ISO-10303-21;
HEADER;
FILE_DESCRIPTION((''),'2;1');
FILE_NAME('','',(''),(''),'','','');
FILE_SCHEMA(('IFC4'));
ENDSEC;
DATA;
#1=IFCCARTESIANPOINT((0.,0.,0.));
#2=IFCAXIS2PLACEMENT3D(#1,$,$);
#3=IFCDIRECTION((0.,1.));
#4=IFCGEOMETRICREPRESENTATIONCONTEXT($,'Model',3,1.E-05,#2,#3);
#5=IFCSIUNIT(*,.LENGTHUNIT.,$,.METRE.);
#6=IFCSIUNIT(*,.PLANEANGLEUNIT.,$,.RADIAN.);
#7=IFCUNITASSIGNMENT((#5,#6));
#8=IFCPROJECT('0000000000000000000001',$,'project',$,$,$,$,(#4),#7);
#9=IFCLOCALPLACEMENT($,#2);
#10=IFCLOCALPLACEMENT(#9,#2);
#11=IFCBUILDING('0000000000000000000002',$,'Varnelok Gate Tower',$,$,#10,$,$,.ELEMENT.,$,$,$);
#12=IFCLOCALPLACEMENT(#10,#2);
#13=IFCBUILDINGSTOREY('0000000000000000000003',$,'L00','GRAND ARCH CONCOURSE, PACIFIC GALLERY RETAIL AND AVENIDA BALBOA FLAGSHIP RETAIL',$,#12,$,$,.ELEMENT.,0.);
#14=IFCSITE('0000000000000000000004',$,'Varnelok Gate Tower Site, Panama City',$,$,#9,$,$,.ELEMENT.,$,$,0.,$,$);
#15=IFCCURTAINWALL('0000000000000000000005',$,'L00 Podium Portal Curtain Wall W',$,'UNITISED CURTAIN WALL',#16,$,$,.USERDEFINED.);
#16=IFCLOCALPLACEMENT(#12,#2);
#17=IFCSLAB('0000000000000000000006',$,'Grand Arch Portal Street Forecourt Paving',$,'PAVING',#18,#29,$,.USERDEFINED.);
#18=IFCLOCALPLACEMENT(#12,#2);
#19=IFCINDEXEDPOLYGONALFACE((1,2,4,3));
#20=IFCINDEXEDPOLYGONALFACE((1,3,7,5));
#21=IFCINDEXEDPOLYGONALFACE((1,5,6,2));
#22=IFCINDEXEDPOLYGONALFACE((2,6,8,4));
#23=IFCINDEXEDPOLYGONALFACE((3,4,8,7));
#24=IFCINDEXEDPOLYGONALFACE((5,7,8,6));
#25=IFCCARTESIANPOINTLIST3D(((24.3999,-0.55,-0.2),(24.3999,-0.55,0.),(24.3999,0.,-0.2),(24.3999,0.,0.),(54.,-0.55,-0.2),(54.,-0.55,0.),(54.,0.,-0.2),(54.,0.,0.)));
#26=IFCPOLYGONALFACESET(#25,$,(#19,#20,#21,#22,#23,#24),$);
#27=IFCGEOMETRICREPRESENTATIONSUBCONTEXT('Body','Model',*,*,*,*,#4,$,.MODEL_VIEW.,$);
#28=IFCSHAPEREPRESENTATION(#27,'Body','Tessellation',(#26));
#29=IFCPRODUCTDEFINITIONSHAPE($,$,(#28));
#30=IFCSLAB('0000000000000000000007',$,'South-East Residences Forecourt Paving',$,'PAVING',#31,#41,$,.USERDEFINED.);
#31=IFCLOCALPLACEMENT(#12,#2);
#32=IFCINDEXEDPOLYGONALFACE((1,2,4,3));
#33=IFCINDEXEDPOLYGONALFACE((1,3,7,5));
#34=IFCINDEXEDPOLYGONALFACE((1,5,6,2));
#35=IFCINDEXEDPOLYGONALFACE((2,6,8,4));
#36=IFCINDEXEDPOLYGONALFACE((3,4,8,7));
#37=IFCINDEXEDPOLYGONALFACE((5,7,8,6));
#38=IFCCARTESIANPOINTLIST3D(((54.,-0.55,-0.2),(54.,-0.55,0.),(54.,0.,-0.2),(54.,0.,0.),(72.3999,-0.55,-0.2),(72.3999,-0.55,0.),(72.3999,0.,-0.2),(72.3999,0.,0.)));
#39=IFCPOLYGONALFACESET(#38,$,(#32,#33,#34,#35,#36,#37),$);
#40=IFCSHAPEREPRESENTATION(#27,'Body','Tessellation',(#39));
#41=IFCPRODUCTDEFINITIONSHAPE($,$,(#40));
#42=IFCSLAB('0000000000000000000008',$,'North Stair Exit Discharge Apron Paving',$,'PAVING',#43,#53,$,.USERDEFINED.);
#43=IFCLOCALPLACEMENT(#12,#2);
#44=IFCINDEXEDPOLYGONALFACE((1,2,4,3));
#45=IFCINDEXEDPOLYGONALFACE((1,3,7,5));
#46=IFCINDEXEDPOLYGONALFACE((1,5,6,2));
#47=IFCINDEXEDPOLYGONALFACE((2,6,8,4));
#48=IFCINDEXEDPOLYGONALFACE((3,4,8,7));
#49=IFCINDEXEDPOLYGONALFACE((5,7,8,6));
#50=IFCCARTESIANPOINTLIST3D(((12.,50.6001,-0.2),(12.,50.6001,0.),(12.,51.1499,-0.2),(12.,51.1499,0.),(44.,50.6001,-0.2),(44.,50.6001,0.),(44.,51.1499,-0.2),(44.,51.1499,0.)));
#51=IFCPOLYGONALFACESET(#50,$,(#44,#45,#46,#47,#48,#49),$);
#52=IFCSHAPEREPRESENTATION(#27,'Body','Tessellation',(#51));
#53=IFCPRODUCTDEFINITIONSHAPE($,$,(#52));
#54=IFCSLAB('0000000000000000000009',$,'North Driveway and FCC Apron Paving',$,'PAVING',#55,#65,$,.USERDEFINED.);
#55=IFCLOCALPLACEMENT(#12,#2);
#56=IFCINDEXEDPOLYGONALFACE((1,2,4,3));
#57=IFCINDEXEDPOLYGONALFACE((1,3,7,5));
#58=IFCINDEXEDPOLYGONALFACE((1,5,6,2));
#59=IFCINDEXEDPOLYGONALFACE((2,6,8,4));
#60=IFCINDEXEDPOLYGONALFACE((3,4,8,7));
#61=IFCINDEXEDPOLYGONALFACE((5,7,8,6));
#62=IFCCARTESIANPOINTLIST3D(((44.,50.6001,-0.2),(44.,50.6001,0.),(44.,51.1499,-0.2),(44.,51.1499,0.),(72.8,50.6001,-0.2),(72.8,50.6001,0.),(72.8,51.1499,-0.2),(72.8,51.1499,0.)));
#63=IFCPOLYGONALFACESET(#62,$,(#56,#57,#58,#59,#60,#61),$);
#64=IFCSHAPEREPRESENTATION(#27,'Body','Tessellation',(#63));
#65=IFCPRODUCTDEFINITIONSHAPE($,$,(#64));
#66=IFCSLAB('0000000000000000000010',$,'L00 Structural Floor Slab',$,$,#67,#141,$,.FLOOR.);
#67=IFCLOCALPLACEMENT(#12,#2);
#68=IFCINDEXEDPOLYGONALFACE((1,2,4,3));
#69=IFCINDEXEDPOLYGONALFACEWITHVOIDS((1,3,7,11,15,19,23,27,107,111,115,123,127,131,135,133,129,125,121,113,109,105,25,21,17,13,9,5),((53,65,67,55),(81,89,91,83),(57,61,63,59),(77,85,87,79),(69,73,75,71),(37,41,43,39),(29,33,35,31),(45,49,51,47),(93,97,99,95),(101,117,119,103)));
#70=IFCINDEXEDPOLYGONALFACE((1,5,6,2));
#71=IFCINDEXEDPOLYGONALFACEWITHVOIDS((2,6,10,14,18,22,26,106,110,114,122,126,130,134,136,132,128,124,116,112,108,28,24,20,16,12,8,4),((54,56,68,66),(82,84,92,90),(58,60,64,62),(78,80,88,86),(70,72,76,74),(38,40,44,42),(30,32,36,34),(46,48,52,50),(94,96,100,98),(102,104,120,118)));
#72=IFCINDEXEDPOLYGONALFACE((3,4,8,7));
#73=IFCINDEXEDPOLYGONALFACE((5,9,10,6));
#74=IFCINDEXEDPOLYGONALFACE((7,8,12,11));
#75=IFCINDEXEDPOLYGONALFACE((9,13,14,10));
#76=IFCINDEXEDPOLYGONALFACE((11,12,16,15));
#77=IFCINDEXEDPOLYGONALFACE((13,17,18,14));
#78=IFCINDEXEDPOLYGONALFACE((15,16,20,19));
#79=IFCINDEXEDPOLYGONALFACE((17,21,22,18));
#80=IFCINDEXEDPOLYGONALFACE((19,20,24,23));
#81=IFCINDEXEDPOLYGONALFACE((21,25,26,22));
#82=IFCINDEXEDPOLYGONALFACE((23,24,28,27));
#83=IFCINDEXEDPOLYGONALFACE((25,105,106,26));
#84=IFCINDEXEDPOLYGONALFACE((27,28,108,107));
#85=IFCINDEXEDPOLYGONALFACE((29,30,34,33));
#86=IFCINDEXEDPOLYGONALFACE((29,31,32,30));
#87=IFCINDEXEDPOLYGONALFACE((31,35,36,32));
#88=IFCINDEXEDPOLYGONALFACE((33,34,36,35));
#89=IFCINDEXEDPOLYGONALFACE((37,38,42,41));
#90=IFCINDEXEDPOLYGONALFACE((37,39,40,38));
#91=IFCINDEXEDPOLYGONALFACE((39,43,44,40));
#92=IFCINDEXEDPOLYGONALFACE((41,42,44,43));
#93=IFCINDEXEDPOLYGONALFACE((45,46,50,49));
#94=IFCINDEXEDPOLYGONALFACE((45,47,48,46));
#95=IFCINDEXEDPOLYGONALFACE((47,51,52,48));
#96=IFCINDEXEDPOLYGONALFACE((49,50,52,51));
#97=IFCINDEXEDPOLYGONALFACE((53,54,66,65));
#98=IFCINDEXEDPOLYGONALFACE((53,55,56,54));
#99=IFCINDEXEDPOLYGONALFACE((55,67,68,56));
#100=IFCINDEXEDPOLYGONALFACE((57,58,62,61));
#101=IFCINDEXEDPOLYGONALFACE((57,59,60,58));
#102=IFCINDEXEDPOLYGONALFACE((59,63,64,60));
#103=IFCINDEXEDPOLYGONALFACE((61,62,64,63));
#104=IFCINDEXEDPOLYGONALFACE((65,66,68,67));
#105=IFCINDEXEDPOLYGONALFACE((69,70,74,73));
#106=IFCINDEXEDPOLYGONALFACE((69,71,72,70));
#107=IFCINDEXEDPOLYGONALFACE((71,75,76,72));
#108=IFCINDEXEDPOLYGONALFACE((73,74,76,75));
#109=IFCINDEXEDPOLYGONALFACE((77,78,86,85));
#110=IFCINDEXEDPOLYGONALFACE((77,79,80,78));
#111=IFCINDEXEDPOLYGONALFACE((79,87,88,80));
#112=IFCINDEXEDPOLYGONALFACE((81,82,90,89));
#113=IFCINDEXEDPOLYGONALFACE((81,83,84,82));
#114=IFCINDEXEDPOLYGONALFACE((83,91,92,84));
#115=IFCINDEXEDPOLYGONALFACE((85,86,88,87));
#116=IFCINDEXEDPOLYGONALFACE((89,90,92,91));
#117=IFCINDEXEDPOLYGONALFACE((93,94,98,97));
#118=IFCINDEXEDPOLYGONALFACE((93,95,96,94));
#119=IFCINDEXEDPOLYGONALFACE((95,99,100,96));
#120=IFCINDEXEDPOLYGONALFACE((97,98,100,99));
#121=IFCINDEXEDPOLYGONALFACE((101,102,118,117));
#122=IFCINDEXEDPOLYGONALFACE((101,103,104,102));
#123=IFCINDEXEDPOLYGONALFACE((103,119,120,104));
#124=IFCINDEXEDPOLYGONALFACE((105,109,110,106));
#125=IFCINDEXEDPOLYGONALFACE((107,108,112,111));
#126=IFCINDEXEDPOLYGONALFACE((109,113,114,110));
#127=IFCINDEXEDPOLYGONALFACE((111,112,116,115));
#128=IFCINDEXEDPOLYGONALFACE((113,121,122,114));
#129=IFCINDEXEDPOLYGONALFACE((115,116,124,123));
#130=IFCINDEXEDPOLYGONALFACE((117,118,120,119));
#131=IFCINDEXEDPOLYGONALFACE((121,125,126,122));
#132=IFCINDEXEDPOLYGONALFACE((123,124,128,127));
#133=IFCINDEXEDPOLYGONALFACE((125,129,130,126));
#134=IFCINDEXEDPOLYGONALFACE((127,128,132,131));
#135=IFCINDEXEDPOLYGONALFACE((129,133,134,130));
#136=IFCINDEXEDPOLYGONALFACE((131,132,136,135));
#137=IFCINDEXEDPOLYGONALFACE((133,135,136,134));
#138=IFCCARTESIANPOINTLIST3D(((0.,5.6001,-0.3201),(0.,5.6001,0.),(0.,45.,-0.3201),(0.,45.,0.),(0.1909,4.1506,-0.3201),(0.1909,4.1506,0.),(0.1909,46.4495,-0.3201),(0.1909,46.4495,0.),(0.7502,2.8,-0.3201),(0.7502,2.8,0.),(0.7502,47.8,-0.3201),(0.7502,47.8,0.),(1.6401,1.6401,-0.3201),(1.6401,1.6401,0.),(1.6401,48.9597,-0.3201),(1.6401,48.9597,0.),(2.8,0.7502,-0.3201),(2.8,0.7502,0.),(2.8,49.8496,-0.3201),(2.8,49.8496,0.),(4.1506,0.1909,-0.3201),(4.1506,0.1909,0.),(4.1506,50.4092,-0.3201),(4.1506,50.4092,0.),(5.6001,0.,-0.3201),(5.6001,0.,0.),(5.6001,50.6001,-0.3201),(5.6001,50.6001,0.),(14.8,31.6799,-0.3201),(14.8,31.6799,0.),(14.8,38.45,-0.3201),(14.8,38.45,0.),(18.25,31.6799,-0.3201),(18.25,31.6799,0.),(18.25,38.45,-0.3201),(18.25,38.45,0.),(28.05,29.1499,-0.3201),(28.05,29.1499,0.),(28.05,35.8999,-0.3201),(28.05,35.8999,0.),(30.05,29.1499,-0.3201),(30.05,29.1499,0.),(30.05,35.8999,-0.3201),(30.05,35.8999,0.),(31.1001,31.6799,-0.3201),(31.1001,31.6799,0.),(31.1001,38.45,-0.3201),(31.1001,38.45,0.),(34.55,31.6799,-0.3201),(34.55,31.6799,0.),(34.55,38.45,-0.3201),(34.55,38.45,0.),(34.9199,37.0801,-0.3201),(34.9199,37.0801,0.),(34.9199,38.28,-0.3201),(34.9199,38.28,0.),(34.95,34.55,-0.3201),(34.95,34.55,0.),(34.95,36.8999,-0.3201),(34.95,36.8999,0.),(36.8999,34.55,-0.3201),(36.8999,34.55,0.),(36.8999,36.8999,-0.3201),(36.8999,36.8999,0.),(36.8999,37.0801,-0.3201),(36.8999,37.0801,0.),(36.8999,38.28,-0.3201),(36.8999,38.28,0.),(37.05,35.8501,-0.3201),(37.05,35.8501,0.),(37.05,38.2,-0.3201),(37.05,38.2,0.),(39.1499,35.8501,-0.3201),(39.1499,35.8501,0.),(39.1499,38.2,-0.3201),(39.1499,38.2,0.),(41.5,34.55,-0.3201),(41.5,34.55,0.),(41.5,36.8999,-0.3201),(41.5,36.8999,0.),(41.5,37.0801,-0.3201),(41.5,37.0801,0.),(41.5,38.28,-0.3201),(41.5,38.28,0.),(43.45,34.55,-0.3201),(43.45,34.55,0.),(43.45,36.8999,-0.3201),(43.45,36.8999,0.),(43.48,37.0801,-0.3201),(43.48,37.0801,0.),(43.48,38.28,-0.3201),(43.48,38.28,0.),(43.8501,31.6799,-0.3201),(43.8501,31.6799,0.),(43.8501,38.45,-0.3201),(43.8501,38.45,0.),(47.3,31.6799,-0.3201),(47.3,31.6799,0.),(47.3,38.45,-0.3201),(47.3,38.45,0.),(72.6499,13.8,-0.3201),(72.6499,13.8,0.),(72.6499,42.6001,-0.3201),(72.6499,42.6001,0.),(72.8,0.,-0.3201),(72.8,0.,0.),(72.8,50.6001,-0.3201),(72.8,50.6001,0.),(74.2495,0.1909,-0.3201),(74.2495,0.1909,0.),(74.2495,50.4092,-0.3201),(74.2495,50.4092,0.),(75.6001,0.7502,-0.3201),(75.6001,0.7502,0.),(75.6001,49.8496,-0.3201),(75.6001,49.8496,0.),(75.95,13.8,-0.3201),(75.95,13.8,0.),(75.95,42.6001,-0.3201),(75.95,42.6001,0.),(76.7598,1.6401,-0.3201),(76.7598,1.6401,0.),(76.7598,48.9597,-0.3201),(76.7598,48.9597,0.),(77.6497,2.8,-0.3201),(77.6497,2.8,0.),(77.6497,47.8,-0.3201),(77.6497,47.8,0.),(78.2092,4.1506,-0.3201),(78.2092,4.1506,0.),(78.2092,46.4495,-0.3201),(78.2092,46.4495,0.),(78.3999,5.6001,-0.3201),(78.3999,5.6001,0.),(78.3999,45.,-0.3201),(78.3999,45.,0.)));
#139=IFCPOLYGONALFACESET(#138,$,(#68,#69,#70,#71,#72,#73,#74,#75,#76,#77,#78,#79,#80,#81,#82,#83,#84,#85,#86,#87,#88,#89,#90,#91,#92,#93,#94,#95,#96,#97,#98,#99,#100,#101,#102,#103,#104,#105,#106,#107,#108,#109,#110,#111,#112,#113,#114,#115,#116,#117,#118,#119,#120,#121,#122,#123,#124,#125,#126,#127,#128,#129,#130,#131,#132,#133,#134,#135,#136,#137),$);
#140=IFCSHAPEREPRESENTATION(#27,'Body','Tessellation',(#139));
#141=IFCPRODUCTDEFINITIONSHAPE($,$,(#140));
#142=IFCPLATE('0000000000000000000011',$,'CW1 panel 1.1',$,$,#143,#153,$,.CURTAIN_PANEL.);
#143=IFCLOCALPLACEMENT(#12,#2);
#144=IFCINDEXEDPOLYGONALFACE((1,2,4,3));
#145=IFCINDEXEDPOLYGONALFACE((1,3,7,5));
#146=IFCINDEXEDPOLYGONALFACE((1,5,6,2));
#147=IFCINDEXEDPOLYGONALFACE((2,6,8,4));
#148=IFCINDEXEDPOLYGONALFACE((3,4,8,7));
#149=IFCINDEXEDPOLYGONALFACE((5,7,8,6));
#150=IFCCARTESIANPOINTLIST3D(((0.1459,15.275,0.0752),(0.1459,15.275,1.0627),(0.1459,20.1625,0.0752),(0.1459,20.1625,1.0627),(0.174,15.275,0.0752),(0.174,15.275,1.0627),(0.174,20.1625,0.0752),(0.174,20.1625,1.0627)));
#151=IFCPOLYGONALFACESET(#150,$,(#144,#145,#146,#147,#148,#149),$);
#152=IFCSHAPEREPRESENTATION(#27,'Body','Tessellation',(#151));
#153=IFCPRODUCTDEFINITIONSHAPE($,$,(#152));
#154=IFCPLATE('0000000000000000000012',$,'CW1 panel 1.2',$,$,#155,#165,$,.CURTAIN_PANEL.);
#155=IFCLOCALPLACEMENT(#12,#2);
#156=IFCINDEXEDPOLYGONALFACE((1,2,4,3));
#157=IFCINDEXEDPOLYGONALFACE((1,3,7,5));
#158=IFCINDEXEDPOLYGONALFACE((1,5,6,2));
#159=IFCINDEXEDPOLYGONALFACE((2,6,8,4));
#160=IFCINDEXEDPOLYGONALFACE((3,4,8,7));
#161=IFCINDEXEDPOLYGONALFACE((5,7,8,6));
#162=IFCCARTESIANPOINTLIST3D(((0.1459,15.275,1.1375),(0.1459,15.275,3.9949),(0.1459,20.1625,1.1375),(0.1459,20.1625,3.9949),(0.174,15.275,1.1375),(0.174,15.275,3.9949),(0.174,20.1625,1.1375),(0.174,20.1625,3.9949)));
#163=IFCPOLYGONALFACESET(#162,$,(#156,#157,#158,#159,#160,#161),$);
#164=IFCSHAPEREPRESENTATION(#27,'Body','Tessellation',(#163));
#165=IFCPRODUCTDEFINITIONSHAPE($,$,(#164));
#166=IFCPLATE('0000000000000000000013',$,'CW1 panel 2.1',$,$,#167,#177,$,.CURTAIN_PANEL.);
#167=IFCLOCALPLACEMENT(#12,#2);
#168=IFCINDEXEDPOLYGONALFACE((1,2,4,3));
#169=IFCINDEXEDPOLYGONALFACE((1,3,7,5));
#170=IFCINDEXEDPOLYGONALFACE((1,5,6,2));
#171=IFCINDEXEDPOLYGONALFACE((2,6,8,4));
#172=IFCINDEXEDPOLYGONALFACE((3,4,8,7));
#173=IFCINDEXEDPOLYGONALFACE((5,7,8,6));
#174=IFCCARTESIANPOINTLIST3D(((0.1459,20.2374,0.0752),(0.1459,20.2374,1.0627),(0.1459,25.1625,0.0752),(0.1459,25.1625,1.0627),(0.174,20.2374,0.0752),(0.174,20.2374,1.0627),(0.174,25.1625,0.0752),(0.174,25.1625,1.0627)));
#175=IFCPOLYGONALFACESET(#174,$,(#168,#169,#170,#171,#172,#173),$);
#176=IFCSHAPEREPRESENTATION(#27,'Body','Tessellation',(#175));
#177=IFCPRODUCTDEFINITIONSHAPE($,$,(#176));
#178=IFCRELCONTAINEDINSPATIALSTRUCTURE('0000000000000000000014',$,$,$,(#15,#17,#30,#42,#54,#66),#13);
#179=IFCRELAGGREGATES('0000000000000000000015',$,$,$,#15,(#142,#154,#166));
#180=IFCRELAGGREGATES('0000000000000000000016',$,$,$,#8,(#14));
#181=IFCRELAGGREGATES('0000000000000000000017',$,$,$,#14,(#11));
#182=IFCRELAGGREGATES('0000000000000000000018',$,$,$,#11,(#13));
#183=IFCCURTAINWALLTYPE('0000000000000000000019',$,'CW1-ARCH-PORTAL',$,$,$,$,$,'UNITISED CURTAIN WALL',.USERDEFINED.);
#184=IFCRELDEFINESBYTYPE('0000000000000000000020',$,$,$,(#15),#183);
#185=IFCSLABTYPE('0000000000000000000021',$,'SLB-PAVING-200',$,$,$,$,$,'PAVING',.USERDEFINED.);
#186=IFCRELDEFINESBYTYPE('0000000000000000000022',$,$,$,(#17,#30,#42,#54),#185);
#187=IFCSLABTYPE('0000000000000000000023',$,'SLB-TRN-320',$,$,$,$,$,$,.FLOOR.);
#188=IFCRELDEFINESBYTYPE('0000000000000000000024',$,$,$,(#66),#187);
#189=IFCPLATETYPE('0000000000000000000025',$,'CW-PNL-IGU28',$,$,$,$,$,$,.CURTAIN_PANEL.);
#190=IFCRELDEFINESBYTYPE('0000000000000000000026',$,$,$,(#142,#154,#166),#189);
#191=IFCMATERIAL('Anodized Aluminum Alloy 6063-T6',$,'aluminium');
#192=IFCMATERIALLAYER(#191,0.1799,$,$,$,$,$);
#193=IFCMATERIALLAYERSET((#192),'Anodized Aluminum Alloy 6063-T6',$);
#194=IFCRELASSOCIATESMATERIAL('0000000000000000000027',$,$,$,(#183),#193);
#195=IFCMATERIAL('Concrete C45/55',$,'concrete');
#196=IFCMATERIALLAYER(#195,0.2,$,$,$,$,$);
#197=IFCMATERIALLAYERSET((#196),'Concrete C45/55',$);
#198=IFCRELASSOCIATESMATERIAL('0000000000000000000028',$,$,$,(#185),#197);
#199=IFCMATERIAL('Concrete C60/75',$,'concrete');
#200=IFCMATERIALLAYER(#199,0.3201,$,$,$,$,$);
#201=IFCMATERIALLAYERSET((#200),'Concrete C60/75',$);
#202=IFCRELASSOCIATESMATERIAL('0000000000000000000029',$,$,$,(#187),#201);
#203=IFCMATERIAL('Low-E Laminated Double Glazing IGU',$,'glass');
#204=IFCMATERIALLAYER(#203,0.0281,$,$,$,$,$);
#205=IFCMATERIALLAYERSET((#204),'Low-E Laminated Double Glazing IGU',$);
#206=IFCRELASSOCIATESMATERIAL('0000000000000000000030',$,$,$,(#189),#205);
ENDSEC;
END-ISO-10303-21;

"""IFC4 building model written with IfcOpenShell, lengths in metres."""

from ifc_helpers import new_model, si_unit, direction, frame, origin, origin_2d, place, context, subcontext, project, spatial, polyline, rectangle, outline, extrude, source, transform, mapped, material, layer, layer_set, type_object, element, aggregate, save


model = new_model("IFC4")

# Units and contexts
model_context = context("Model", 3, precision=1e-05, world=origin(), true_north=direction((0.0, 1.0)))
body_context = subcontext(model_context, "Body", "Model", "MODEL_VIEW")
ifc_project = project(units=[si_unit("LENGTHUNIT", "METRE"), si_unit("PLANEANGLEUNIT", "RADIAN")], contexts=[model_context])

# Site, building, storey
site_placement = place(None, origin())
site = spatial("IfcSite", under=ifc_project, at=site_placement, Name="Varnelok Gate Tower Site, Panama City", CompositionType="ELEMENT", RefElevation=0.0)
building_placement = place(site_placement, origin())
building = spatial("IfcBuilding", under=site, at=building_placement, Name="Varnelok Gate Tower", CompositionType="ELEMENT")
storey_placement = place(building_placement, origin())
storey = spatial("IfcBuildingStorey", under=building, at=storey_placement, Name="L00", Description="GRAND ARCH CONCOURSE, PACIFIC GALLERY RETAIL AND AVENIDA BALBOA FLAGSHIP RETAIL", CompositionType="ELEMENT", Elevation=0.0)

# Shared definitions
ifc_material_1 = material(Name="Concrete C60/75", Category="concrete")

# Curtain wall
ifc_material_2 = material(Name="Anodized Aluminum Alloy 6063-T6", Category="aluminium")
ifc_layer_1 = layer(ifc_material_2, 0.1799)
ifc_layer_set_1 = layer_set([ifc_layer_1], Name="Anodized Aluminum Alloy 6063-T6")
curtain_wall_type = type_object("IfcCurtainWallType", Name="CW1-ARCH-PORTAL", ElementType="UNITISED CURTAIN WALL", PredefinedType="USERDEFINED", material=ifc_layer_set_1)
curtain_wall_placement = place(storey_placement, origin())
curtain_wall = element("IfcCurtainWall", 1, at=curtain_wall_placement, inside=storey, type_object=curtain_wall_type, Name="L00 Podium Portal Curtain Wall W", ObjectType="UNITISED CURTAIN WALL", PredefinedType="USERDEFINED")

# Shared definitions
ifc_material_3 = material(Name="Concrete C45/55", Category="concrete")

# Slabs
ifc_layer_2 = layer(ifc_material_3, 0.2)
ifc_layer_set_2 = layer_set([ifc_layer_2], Name="Concrete C45/55")
slab_type_1 = type_object("IfcSlabType", Name="SLB-PAVING-200", ElementType="PAVING", PredefinedType="USERDEFINED", material=ifc_layer_set_2)
slab_1_placement = place(storey_placement, frame((0.0, 0.0, -0.2)))
element("IfcSlab", 2, at=slab_1_placement, inside=storey, type_object=slab_type_1, Name="Grand Arch Portal Street Forecourt Paving", ObjectType="PAVING", PredefinedType="USERDEFINED", context=body_context, shape_type="SweptSolid", body=[
    extrude(outline(polyline([(24.3999, -0.55), (54.0, -0.55), (54.0, 0.0), (24.3999, 0.0), (24.3999, -0.55)])), origin(), (0.0, 0.0, 1.0), 0.2),
])
slab_2_placement = place(storey_placement, frame((0.0, 0.0, -0.2)))
element("IfcSlab", 3, at=slab_2_placement, inside=storey, type_object=slab_type_1, Name="South-East Residences Forecourt Paving", ObjectType="PAVING", PredefinedType="USERDEFINED", context=body_context, shape_type="SweptSolid", body=[
    extrude(outline(polyline([(54.0, -0.55), (72.3999, -0.55), (72.3999, 0.0), (54.0, 0.0), (54.0, -0.55)])), origin(), (0.0, 0.0, 1.0), 0.2),
])
slab_3_placement = place(storey_placement, frame((0.0, 0.0, -0.2)))
element("IfcSlab", 4, at=slab_3_placement, inside=storey, type_object=slab_type_1, Name="North Stair Exit Discharge Apron Paving", ObjectType="PAVING", PredefinedType="USERDEFINED", context=body_context, shape_type="SweptSolid", body=[
    extrude(outline(polyline([(12.0, 50.6001), (44.0, 50.6001), (44.0, 51.1499), (12.0, 51.1499), (12.0, 50.6001)])), origin(), (0.0, 0.0, 1.0), 0.2),
])
slab_4_placement = place(storey_placement, frame((0.0, 0.0, -0.2)))
element("IfcSlab", 5, at=slab_4_placement, inside=storey, type_object=slab_type_1, Name="North Driveway and FCC Apron Paving", ObjectType="PAVING", PredefinedType="USERDEFINED", context=body_context, shape_type="SweptSolid", body=[
    extrude(outline(polyline([(44.0, 50.6001), (72.8, 50.6001), (72.8, 51.1499), (44.0, 51.1499), (44.0, 50.6001)])), origin(), (0.0, 0.0, 1.0), 0.2),
])
ifc_layer_3 = layer(ifc_material_1, 0.3201)
ifc_layer_set_3 = layer_set([ifc_layer_3], Name="Concrete C60/75")
slab_type_2 = type_object("IfcSlabType", Name="SLB-TRN-320", PredefinedType="FLOOR", material=ifc_layer_set_3)
slab_5_placement = place(storey_placement, frame((0.0, 0.0, -0.3201)))
element("IfcSlab", 6, at=slab_5_placement, inside=storey, type_object=slab_type_2, Name="L00 Structural Floor Slab", PredefinedType="FLOOR", context=body_context, shape_type="SweptSolid", body=[
    extrude(outline(polyline([(0.0, 5.6001), (0.1909, 4.1506), (0.7502, 2.8), (1.6401, 1.6401), (2.8, 0.7502), (4.1506, 0.1909), (5.6001, 0.0), (72.8, 0.0), (74.2495, 0.1909), (75.6001, 0.7502), (76.7598, 1.6401), (77.6497, 2.8), (78.2092, 4.1506), (78.3999, 5.6001), (78.3999, 45.0), (78.2092, 46.4495), (77.6497, 47.8), (76.7598, 48.9597), (75.6001, 49.8496), (74.2495, 50.4092), (72.8, 50.6001), (5.6001, 50.6001), (4.1506, 50.4092), (2.8, 49.8496), (1.6401, 48.9597), (0.7502, 47.8), (0.1909, 46.4495), (0.0, 45.0), (0.0, 5.6001)]), holes=[polyline([(34.55, 31.6799), (34.55, 38.45), (31.1001, 38.45), (31.1001, 31.6799), (34.55, 31.6799)]), polyline([(47.3, 31.6799), (47.3, 38.45), (43.8501, 38.45), (43.8501, 31.6799), (47.3, 31.6799)]), polyline([(18.25, 31.6799), (18.25, 38.45), (14.8, 38.45), (14.8, 31.6799), (18.25, 31.6799)]), polyline([(34.95, 34.55), (36.8999, 34.55), (36.8999, 36.8999), (34.95, 36.8999), (34.95, 34.55)]), polyline([(41.5, 34.55), (43.45, 34.55), (43.45, 36.8999), (41.5, 36.8999), (41.5, 34.55)]), polyline([(37.05, 35.8501), (39.1499, 35.8501), (39.1499, 38.2), (37.05, 38.2), (37.05, 35.8501)]), polyline([(28.05, 29.1499), (30.05, 29.1499), (30.05, 35.8999), (28.05, 35.8999), (28.05, 29.1499)]), polyline([(34.9199, 37.0801), (36.8999, 37.0801), (36.8999, 38.28), (34.9199, 38.28), (34.9199, 37.0801)]), polyline([(41.5, 37.0801), (43.48, 37.0801), (43.48, 38.28), (41.5, 38.28), (41.5, 37.0801)]), polyline([(72.6499, 13.8), (75.95, 13.8), (75.95, 42.6001), (72.6499, 42.6001), (72.6499, 13.8)])]), origin(), (0.0, 0.0, 1.0), 0.3201),
])

# Plates
ifc_material_4 = material(Name="Low-E Laminated Double Glazing IGU", Category="glass")
ifc_layer_4 = layer(ifc_material_4, 0.0281)
ifc_layer_set_4 = layer_set([ifc_layer_4], Name="Low-E Laminated Double Glazing IGU")
plate_type = type_object("IfcPlateType", Name="CW-PNL-IGU28", PredefinedType="CURTAIN_PANEL", material=ifc_layer_set_4)
shared_shape_1 = source(origin(), body_context, "Body", "SweptSolid", [
    extrude(rectangle(XDim=4.8875, YDim=0.0281, at=origin_2d()), origin(), (0.0, 0.0, 1.0), 0.9875),
])
plate_1_placement = place(storey_placement, frame((0.1599, 17.7188, 0.0752), z_axis=(0.0, 0.0, 1.0), x_axis=(0.0, 1.0, 0.0)))
plate_1 = element("IfcPlate", 7, at=plate_1_placement, type_object=plate_type, Name="CW1 panel 1.1", PredefinedType="CURTAIN_PANEL", context=body_context, shape_type="MappedRepresentation", body=[
    mapped(shared_shape_1, transform((0.0, 0.0, 0.0), scale=1.0)),
])
shared_shape_2 = source(origin(), body_context, "Body", "SweptSolid", [
    extrude(rectangle(XDim=4.8875, YDim=0.0281, at=origin_2d()), origin(), (0.0, 0.0, 1.0), 2.8574),
])
plate_2_placement = place(storey_placement, frame((0.1599, 17.7188, 1.1375), z_axis=(0.0, 0.0, 1.0), x_axis=(0.0, 1.0, 0.0)))
plate_2 = element("IfcPlate", 8, at=plate_2_placement, type_object=plate_type, Name="CW1 panel 1.2", PredefinedType="CURTAIN_PANEL", context=body_context, shape_type="MappedRepresentation", body=[
    mapped(shared_shape_2, transform((0.0, 0.0, 0.0), scale=1.0)),
])
shared_shape_3 = source(origin(), body_context, "Body", "SweptSolid", [
    extrude(rectangle(XDim=4.925, YDim=0.0281, at=origin_2d()), origin(), (0.0, 0.0, 1.0), 0.9875),
])
plate_3_placement = place(storey_placement, frame((0.1599, 22.7, 0.0752), z_axis=(0.0, 0.0, 1.0), x_axis=(0.0, 1.0, 0.0)))
plate_3 = element("IfcPlate", 9, at=plate_3_placement, type_object=plate_type, Name="CW1 panel 2.1", PredefinedType="CURTAIN_PANEL", context=body_context, shape_type="MappedRepresentation", body=[
    mapped(shared_shape_3, transform((0.0, 0.0, 0.0), scale=1.0)),
])
aggregate(curtain_wall, [plate_1, plate_2, plate_3])

save(model, "model.ifc")
